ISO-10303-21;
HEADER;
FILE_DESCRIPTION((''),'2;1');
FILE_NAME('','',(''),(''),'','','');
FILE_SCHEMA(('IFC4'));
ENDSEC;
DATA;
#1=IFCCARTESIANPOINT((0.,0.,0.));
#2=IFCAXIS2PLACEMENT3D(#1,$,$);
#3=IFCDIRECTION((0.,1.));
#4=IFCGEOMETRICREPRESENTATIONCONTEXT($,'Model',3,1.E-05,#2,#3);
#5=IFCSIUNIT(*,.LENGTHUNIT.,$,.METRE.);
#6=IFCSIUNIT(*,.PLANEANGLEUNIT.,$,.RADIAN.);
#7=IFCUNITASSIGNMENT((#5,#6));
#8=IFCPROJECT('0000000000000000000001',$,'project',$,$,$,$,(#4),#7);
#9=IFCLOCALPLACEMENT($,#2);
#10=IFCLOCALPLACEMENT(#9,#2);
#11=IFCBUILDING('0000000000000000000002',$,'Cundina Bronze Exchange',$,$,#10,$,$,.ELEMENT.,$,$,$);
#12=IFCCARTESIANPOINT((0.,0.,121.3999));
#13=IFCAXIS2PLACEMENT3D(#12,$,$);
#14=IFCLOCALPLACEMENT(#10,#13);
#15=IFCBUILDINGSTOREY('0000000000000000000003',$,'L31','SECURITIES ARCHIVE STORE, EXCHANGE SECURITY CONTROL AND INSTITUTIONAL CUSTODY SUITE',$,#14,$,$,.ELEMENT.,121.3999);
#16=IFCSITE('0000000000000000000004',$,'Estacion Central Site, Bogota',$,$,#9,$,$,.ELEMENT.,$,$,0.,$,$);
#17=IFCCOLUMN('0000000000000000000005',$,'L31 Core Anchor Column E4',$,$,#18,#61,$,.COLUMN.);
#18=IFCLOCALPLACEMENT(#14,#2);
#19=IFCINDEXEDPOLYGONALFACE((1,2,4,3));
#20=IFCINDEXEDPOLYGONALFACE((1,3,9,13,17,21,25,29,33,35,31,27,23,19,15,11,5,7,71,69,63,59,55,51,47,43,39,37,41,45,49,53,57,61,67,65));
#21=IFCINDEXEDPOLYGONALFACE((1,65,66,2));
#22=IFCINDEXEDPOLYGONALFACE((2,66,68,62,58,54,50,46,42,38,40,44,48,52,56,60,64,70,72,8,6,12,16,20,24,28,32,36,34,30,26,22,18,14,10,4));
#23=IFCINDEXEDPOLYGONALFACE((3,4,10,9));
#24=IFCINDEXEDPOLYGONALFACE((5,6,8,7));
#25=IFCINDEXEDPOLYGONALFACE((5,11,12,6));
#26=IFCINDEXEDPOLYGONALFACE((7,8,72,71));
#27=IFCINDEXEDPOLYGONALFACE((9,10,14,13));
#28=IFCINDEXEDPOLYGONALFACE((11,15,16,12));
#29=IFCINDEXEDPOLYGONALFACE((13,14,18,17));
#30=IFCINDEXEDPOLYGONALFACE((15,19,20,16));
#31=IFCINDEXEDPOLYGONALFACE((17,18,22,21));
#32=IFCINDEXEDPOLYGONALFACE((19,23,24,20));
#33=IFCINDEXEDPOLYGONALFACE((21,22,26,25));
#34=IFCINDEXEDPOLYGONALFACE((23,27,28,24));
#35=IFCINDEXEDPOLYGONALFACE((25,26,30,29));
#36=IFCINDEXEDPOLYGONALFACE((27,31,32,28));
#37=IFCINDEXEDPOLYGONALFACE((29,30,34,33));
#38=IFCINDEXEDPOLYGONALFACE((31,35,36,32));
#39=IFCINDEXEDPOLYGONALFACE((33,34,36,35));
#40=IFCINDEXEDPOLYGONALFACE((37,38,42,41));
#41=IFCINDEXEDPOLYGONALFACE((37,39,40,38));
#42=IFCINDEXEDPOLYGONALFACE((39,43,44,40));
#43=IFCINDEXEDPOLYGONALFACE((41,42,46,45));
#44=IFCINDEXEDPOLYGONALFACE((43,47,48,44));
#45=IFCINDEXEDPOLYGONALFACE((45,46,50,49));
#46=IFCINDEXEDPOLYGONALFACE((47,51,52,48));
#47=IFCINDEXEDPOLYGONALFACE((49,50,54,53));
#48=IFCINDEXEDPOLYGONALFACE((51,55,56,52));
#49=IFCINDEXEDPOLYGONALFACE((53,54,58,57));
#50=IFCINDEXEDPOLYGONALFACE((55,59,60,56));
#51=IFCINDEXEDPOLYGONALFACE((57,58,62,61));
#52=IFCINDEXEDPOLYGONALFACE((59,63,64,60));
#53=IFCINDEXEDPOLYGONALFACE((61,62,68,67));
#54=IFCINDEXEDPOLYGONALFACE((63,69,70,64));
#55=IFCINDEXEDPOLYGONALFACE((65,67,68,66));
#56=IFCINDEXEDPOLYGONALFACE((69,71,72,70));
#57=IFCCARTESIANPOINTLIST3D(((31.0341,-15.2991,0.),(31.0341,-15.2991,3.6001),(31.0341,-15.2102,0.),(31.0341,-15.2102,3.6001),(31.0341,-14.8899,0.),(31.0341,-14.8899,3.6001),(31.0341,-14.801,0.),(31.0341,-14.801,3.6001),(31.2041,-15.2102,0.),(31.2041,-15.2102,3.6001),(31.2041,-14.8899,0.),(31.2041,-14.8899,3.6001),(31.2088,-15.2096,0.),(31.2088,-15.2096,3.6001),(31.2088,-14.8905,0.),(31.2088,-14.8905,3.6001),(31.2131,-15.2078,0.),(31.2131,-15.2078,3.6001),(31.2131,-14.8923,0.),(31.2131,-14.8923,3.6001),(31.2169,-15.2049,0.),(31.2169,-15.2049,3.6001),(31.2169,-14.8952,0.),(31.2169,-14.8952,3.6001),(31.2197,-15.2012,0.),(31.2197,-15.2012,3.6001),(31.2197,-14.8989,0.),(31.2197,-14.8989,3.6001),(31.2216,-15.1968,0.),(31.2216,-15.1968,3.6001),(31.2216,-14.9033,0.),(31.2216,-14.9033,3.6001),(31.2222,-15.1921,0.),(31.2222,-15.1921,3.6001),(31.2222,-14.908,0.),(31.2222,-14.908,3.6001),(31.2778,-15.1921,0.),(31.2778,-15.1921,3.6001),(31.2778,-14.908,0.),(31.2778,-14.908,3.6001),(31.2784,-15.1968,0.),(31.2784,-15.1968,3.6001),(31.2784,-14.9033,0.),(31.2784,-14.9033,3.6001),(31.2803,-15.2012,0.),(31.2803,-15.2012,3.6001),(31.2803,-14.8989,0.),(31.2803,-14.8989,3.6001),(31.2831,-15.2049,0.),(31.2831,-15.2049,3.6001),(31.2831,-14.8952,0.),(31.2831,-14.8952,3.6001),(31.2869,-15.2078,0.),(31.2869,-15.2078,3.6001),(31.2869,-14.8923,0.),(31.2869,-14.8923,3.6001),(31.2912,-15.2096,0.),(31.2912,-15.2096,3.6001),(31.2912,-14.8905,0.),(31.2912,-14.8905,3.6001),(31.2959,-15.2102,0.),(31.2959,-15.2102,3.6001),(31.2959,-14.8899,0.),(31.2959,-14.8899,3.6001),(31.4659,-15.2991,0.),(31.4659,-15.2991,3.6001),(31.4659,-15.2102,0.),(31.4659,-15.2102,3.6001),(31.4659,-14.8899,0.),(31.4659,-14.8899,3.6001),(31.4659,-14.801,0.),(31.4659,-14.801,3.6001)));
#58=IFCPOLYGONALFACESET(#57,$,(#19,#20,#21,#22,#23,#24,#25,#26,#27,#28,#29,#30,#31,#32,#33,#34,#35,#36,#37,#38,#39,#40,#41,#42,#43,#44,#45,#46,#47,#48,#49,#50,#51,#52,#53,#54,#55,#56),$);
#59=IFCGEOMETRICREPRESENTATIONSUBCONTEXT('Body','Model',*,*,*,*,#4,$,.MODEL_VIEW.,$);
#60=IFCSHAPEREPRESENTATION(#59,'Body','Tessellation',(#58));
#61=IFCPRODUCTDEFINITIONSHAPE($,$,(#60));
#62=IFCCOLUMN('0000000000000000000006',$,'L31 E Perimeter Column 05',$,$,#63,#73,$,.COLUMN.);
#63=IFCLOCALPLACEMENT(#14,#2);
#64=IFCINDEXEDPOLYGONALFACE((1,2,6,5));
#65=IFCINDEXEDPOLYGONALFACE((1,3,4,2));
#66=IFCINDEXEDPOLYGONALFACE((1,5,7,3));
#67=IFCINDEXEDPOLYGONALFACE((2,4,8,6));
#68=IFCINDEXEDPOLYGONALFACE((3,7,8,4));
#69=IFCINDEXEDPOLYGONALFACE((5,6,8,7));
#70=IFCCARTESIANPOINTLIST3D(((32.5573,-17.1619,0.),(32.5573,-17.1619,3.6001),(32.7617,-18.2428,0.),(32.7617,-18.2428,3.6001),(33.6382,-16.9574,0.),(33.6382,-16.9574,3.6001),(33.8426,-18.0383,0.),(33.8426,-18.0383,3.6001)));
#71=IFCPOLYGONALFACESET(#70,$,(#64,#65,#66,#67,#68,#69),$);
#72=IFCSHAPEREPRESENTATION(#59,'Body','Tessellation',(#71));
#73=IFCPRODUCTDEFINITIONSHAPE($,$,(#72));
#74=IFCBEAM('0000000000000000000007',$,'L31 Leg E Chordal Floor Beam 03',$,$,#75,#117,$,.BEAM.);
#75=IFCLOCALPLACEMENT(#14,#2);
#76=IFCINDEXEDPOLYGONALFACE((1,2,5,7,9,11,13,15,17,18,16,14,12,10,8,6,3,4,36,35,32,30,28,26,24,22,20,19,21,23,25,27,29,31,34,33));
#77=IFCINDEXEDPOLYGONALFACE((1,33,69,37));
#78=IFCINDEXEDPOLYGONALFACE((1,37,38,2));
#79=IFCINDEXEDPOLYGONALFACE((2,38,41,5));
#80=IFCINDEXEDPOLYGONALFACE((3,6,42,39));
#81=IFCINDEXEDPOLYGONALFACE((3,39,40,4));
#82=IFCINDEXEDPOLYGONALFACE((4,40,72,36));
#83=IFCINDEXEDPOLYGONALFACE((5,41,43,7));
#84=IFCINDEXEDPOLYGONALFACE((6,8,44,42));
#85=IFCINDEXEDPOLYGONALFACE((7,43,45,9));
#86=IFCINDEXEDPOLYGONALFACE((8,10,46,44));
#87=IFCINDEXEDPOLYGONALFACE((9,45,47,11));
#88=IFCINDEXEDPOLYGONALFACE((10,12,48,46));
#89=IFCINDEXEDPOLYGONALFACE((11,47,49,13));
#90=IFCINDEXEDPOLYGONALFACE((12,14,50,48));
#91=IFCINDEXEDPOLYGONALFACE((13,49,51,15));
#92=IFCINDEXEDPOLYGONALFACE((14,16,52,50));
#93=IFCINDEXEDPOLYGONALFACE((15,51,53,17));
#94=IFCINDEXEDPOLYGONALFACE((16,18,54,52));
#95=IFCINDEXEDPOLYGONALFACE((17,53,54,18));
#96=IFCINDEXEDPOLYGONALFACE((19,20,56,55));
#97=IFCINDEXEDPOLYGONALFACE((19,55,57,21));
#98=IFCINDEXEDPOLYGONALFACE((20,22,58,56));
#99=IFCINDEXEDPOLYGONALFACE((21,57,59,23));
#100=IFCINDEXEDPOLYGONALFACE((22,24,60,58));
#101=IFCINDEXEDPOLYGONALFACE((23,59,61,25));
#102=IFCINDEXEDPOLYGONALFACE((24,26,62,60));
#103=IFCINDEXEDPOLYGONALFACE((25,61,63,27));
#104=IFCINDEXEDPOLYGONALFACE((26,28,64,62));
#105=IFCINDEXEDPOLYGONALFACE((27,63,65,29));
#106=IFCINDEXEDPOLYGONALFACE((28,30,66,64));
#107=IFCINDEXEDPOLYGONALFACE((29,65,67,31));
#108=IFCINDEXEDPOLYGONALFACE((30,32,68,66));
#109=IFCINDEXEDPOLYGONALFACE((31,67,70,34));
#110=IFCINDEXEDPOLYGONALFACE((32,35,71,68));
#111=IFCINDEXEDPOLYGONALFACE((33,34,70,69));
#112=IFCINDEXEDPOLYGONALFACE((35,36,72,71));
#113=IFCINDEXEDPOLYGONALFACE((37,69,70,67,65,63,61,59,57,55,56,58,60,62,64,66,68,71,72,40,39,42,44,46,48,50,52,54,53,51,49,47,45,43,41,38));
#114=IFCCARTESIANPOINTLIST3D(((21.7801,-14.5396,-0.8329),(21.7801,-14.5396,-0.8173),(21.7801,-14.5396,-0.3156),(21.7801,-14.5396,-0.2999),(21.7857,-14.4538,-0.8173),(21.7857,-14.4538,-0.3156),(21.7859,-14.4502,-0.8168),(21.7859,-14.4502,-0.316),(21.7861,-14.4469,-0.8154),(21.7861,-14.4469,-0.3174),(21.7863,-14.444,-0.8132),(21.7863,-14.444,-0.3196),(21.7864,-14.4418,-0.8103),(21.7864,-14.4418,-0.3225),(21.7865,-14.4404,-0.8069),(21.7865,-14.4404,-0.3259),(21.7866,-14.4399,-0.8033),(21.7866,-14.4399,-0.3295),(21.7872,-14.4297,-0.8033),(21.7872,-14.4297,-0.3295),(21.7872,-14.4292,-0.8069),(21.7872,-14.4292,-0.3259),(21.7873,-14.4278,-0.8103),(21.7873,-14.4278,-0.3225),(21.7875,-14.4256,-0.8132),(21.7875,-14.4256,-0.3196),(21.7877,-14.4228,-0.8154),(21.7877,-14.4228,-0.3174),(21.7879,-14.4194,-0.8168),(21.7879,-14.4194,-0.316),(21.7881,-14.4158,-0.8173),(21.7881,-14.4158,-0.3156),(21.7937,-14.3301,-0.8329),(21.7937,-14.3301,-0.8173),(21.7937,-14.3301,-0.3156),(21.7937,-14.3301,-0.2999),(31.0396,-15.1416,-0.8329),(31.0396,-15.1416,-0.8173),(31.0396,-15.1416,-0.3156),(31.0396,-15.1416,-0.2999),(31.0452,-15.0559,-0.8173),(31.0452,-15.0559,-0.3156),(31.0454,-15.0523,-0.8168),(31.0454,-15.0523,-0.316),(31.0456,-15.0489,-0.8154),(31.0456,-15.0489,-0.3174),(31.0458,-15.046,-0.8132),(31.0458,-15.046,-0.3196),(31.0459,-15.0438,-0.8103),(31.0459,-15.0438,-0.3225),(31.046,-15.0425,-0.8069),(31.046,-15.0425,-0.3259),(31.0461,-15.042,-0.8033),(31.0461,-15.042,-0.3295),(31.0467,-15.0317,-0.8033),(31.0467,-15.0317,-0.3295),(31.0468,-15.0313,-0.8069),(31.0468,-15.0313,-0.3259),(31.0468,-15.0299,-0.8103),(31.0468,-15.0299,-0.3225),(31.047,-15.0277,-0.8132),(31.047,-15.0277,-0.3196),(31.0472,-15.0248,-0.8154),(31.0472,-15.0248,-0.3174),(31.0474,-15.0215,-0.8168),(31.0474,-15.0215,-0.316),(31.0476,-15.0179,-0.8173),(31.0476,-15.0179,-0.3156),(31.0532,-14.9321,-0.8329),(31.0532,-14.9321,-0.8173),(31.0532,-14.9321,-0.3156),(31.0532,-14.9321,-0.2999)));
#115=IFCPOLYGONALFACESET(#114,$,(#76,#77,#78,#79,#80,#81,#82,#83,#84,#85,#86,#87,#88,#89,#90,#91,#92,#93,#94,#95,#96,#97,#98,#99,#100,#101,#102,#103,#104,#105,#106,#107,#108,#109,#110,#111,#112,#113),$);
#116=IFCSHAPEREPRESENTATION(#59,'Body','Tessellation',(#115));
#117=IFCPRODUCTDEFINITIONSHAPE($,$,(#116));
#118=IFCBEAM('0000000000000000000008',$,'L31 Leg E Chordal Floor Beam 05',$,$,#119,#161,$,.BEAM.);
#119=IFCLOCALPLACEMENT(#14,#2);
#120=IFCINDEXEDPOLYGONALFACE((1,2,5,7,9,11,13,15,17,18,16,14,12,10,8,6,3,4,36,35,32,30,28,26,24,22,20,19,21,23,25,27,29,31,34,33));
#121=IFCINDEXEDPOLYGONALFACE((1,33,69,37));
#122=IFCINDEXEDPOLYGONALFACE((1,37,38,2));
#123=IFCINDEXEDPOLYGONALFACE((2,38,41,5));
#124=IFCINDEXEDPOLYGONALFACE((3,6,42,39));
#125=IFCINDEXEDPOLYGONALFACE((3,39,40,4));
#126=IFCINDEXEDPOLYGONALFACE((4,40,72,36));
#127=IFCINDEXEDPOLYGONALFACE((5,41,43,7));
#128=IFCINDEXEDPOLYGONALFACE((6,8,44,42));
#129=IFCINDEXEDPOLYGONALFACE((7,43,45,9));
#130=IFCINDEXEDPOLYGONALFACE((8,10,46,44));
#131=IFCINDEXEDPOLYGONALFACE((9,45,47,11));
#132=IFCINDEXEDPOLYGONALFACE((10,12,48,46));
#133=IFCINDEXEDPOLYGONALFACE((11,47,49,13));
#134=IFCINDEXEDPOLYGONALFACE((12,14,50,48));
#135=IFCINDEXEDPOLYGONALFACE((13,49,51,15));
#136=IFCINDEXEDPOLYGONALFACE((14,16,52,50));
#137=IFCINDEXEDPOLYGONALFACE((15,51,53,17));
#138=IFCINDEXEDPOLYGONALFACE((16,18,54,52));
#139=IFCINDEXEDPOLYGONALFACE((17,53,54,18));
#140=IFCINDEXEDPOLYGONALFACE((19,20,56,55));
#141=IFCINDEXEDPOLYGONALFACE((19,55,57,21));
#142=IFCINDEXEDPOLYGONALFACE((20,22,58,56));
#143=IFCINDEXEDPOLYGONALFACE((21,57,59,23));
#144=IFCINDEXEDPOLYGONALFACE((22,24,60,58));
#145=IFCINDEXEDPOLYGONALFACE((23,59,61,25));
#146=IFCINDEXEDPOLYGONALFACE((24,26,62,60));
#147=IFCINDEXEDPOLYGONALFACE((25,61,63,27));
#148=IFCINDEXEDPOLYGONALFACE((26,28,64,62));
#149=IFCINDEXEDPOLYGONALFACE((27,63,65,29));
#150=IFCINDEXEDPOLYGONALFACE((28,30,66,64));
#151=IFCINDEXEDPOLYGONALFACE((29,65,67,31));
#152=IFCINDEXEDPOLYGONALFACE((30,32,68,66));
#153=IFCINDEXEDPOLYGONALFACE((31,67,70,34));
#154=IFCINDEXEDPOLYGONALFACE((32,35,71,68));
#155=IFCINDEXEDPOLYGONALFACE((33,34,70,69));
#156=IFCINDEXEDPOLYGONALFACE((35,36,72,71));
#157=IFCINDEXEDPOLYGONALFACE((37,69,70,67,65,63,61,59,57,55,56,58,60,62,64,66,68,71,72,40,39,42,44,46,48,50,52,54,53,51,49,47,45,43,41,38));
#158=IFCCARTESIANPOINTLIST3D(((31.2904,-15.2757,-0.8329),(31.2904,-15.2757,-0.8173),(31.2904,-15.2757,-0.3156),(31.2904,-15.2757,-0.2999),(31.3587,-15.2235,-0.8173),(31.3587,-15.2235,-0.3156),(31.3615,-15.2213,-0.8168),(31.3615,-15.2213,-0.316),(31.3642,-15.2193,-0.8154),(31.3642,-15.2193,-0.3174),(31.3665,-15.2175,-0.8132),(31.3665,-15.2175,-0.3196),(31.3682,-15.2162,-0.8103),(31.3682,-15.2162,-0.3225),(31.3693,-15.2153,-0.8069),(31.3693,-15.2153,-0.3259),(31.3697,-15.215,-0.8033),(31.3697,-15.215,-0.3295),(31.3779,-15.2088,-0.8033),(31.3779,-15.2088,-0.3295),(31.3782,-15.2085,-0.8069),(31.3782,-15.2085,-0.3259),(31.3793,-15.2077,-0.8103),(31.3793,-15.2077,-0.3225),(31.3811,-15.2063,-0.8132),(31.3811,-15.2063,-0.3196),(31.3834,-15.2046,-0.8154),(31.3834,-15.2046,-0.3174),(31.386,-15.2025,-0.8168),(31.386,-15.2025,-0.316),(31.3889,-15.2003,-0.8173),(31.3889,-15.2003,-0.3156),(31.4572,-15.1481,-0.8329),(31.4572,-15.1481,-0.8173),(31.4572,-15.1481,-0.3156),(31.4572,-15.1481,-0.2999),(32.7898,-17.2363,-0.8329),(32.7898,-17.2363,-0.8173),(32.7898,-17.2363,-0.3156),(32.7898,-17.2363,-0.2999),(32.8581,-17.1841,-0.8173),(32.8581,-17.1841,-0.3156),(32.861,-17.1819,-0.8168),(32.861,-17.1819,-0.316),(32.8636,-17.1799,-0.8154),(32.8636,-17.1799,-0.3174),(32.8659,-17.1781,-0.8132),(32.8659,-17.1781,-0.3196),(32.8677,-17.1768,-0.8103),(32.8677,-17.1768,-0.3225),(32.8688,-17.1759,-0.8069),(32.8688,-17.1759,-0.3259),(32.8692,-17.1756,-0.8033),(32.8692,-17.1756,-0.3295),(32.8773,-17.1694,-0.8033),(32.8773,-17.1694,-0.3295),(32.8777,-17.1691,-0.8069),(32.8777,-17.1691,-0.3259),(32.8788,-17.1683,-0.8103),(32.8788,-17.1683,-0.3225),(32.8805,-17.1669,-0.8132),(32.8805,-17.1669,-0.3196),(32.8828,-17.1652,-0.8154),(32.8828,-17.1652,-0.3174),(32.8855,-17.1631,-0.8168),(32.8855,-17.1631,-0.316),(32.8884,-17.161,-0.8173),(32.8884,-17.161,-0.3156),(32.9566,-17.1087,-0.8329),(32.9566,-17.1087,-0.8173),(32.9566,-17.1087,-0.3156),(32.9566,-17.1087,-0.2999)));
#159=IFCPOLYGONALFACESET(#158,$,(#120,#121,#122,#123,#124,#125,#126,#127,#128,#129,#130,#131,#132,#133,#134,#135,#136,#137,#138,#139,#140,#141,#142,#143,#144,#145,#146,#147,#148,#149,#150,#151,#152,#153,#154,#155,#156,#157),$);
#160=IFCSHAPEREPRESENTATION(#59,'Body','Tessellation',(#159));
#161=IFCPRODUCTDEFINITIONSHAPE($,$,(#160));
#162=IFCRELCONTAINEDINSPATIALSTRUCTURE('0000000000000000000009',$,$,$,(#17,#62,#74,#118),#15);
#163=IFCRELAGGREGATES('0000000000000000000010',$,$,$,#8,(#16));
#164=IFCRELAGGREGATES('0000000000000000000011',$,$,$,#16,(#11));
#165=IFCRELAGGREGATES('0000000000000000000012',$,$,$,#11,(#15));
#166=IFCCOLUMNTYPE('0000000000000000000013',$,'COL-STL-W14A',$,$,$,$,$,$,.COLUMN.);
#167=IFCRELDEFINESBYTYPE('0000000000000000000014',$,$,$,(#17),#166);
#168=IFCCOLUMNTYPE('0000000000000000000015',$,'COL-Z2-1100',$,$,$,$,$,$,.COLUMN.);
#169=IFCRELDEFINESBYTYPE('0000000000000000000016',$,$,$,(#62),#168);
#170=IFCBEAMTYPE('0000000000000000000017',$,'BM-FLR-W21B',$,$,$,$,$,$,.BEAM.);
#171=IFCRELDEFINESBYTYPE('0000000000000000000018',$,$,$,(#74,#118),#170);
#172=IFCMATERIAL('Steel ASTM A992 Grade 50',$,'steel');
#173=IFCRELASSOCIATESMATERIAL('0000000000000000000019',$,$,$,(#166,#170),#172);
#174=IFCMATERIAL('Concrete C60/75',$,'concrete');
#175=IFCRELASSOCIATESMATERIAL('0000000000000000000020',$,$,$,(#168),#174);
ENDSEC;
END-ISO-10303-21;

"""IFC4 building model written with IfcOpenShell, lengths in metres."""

from ifc_helpers import new_model, si_unit, direction, frame, origin, origin_2d, place, context, subcontext, project, spatial, rectangle, i_section, extrude, material, material_profile, profile_set, type_object, element, save


model = new_model("IFC4")

# Units and contexts
model_context = context("Model", 3, precision=1e-05, world=origin(), true_north=direction((0.0, 1.0)))
body_context = subcontext(model_context, "Body", "Model", "MODEL_VIEW")
ifc_project = project(units=[si_unit("LENGTHUNIT", "METRE"), si_unit("PLANEANGLEUNIT", "RADIAN")], contexts=[model_context])

# Site, building, storey
site_placement = place(None, origin())
site = spatial("IfcSite", under=ifc_project, at=site_placement, Name="Estacion Central Site, Bogota", CompositionType="ELEMENT", RefElevation=0.0)
building_placement = place(site_placement, origin())
building = spatial("IfcBuilding", under=site, at=building_placement, Name="Cundina Bronze Exchange", CompositionType="ELEMENT")
storey_placement = place(building_placement, frame((0.0, 0.0, 121.3999)))
storey = spatial("IfcBuildingStorey", under=building, at=storey_placement, Name="L31", Description="SECURITIES ARCHIVE STORE, EXCHANGE SECURITY CONTROL AND INSTITUTIONAL CUSTODY SUITE", CompositionType="ELEMENT", Elevation=121.3999)

# Columns
ifc_material_1 = material(Name="Steel ASTM A992 Grade 50", Category="steel")
ifc_material_profile_1 = material_profile(ifc_material_1, i_section(OverallWidth=0.4319, OverallDepth=0.498, WebThickness=0.0557, FlangeThickness=0.0889, FilletRadius=0.0181, at=origin_2d()), Name="W14X500", Category="steel")
ifc_profile_set_1 = profile_set([ifc_material_profile_1], Name="Steel ASTM A992 Grade 50")
column_type_1 = type_object("IfcColumnType", Name="COL-STL-W14A", PredefinedType="COLUMN", material=ifc_profile_set_1)
column_1_placement = place(storey_placement, frame((31.25, -15.05, 0.0), z_axis=(0.0, 0.0, 1.0), x_axis=(1.0, 0.0, 0.0)))
element("IfcColumn", 1, at=column_1_placement, inside=storey, type_object=column_type_1, Name="L31 Core Anchor Column E4", PredefinedType="COLUMN", context=body_context, shape_type="SweptSolid", body=[
    extrude(i_section(OverallWidth=0.4319, OverallDepth=0.498, WebThickness=0.0557, FlangeThickness=0.0889, FilletRadius=0.0181, at=origin_2d()), origin(), (0.0, 0.0, 1.0), 3.6001),
])
ifc_material_2 = material(Name="Concrete C60/75", Category="concrete")
ifc_material_profile_2 = material_profile(ifc_material_2, rectangle(XDim=1.1001, YDim=1.1001, at=origin_2d()), Name="RC1100X1100", Category="concrete")
ifc_profile_set_2 = profile_set([ifc_material_profile_2], Name="Concrete C60/75")
column_type_2 = type_object("IfcColumnType", Name="COL-Z2-1100", PredefinedType="COLUMN", material=ifc_profile_set_2)
column_2_placement = place(storey_placement, frame((33.2, -17.6001, 0.0), z_axis=(0.0, 0.0, 1.0), x_axis=(0.98258, 0.185838, 0.0)))
element("IfcColumn", 2, at=column_2_placement, inside=storey, type_object=column_type_2, Name="L31 E Perimeter Column 05", PredefinedType="COLUMN", context=body_context, shape_type="SweptSolid", body=[
    extrude(rectangle(XDim=1.1001, YDim=1.1001, at=origin_2d()), origin(), (0.0, 0.0, 1.0), 3.6001),
])

# Beams
ifc_material_profile_3 = material_profile(ifc_material_1, i_section(OverallWidth=0.21, OverallDepth=0.533, WebThickness=0.0103, FlangeThickness=0.0156, FilletRadius=0.0139, at=origin_2d()), Name="W21X62", Category="steel")
ifc_profile_set_3 = profile_set([ifc_material_profile_3], Name="Steel ASTM A992 Grade 50")
beam_type_1 = type_object("IfcBeamType", Name="BM-FLR-W21B", PredefinedType="BEAM", material=ifc_profile_set_3)
beam_1_placement = place(storey_placement, frame((31.0464, -15.0369, -0.5664), z_axis=(-0.997893, 0.064883, 0.0), x_axis=(-0.064883, -0.997893, 0.0)))
element("IfcBeam", 3, at=beam_1_placement, inside=storey, type_object=beam_type_1, Name="L31 Leg E Chordal Floor Beam 03", PredefinedType="BEAM", context=body_context, shape_type="SweptSolid", body=[
    extrude(i_section(OverallWidth=0.21, OverallDepth=0.533, WebThickness=0.0103, FlangeThickness=0.0156, FilletRadius=0.0139, at=origin_2d()), origin(), (0.0, 0.0, 1.0), 9.2791),
])
beam_2_placement = place(storey_placement, frame((31.3738, -15.2119, -0.5664), z_axis=(0.60749, -0.794327, 0.0), x_axis=(0.794327, 0.60749, 0.0)))
element("IfcBeam", 4, at=beam_2_placement, inside=storey, type_object=beam_type_1, Name="L31 Leg E Chordal Floor Beam 05", PredefinedType="BEAM", context=body_context, shape_type="SweptSolid", body=[
    extrude(i_section(OverallWidth=0.21, OverallDepth=0.533, WebThickness=0.0103, FlangeThickness=0.0156, FilletRadius=0.0139, at=origin_2d()), origin(), (0.0, 0.0, 1.0), 2.4683),
])

save(model, "model.ifc")
